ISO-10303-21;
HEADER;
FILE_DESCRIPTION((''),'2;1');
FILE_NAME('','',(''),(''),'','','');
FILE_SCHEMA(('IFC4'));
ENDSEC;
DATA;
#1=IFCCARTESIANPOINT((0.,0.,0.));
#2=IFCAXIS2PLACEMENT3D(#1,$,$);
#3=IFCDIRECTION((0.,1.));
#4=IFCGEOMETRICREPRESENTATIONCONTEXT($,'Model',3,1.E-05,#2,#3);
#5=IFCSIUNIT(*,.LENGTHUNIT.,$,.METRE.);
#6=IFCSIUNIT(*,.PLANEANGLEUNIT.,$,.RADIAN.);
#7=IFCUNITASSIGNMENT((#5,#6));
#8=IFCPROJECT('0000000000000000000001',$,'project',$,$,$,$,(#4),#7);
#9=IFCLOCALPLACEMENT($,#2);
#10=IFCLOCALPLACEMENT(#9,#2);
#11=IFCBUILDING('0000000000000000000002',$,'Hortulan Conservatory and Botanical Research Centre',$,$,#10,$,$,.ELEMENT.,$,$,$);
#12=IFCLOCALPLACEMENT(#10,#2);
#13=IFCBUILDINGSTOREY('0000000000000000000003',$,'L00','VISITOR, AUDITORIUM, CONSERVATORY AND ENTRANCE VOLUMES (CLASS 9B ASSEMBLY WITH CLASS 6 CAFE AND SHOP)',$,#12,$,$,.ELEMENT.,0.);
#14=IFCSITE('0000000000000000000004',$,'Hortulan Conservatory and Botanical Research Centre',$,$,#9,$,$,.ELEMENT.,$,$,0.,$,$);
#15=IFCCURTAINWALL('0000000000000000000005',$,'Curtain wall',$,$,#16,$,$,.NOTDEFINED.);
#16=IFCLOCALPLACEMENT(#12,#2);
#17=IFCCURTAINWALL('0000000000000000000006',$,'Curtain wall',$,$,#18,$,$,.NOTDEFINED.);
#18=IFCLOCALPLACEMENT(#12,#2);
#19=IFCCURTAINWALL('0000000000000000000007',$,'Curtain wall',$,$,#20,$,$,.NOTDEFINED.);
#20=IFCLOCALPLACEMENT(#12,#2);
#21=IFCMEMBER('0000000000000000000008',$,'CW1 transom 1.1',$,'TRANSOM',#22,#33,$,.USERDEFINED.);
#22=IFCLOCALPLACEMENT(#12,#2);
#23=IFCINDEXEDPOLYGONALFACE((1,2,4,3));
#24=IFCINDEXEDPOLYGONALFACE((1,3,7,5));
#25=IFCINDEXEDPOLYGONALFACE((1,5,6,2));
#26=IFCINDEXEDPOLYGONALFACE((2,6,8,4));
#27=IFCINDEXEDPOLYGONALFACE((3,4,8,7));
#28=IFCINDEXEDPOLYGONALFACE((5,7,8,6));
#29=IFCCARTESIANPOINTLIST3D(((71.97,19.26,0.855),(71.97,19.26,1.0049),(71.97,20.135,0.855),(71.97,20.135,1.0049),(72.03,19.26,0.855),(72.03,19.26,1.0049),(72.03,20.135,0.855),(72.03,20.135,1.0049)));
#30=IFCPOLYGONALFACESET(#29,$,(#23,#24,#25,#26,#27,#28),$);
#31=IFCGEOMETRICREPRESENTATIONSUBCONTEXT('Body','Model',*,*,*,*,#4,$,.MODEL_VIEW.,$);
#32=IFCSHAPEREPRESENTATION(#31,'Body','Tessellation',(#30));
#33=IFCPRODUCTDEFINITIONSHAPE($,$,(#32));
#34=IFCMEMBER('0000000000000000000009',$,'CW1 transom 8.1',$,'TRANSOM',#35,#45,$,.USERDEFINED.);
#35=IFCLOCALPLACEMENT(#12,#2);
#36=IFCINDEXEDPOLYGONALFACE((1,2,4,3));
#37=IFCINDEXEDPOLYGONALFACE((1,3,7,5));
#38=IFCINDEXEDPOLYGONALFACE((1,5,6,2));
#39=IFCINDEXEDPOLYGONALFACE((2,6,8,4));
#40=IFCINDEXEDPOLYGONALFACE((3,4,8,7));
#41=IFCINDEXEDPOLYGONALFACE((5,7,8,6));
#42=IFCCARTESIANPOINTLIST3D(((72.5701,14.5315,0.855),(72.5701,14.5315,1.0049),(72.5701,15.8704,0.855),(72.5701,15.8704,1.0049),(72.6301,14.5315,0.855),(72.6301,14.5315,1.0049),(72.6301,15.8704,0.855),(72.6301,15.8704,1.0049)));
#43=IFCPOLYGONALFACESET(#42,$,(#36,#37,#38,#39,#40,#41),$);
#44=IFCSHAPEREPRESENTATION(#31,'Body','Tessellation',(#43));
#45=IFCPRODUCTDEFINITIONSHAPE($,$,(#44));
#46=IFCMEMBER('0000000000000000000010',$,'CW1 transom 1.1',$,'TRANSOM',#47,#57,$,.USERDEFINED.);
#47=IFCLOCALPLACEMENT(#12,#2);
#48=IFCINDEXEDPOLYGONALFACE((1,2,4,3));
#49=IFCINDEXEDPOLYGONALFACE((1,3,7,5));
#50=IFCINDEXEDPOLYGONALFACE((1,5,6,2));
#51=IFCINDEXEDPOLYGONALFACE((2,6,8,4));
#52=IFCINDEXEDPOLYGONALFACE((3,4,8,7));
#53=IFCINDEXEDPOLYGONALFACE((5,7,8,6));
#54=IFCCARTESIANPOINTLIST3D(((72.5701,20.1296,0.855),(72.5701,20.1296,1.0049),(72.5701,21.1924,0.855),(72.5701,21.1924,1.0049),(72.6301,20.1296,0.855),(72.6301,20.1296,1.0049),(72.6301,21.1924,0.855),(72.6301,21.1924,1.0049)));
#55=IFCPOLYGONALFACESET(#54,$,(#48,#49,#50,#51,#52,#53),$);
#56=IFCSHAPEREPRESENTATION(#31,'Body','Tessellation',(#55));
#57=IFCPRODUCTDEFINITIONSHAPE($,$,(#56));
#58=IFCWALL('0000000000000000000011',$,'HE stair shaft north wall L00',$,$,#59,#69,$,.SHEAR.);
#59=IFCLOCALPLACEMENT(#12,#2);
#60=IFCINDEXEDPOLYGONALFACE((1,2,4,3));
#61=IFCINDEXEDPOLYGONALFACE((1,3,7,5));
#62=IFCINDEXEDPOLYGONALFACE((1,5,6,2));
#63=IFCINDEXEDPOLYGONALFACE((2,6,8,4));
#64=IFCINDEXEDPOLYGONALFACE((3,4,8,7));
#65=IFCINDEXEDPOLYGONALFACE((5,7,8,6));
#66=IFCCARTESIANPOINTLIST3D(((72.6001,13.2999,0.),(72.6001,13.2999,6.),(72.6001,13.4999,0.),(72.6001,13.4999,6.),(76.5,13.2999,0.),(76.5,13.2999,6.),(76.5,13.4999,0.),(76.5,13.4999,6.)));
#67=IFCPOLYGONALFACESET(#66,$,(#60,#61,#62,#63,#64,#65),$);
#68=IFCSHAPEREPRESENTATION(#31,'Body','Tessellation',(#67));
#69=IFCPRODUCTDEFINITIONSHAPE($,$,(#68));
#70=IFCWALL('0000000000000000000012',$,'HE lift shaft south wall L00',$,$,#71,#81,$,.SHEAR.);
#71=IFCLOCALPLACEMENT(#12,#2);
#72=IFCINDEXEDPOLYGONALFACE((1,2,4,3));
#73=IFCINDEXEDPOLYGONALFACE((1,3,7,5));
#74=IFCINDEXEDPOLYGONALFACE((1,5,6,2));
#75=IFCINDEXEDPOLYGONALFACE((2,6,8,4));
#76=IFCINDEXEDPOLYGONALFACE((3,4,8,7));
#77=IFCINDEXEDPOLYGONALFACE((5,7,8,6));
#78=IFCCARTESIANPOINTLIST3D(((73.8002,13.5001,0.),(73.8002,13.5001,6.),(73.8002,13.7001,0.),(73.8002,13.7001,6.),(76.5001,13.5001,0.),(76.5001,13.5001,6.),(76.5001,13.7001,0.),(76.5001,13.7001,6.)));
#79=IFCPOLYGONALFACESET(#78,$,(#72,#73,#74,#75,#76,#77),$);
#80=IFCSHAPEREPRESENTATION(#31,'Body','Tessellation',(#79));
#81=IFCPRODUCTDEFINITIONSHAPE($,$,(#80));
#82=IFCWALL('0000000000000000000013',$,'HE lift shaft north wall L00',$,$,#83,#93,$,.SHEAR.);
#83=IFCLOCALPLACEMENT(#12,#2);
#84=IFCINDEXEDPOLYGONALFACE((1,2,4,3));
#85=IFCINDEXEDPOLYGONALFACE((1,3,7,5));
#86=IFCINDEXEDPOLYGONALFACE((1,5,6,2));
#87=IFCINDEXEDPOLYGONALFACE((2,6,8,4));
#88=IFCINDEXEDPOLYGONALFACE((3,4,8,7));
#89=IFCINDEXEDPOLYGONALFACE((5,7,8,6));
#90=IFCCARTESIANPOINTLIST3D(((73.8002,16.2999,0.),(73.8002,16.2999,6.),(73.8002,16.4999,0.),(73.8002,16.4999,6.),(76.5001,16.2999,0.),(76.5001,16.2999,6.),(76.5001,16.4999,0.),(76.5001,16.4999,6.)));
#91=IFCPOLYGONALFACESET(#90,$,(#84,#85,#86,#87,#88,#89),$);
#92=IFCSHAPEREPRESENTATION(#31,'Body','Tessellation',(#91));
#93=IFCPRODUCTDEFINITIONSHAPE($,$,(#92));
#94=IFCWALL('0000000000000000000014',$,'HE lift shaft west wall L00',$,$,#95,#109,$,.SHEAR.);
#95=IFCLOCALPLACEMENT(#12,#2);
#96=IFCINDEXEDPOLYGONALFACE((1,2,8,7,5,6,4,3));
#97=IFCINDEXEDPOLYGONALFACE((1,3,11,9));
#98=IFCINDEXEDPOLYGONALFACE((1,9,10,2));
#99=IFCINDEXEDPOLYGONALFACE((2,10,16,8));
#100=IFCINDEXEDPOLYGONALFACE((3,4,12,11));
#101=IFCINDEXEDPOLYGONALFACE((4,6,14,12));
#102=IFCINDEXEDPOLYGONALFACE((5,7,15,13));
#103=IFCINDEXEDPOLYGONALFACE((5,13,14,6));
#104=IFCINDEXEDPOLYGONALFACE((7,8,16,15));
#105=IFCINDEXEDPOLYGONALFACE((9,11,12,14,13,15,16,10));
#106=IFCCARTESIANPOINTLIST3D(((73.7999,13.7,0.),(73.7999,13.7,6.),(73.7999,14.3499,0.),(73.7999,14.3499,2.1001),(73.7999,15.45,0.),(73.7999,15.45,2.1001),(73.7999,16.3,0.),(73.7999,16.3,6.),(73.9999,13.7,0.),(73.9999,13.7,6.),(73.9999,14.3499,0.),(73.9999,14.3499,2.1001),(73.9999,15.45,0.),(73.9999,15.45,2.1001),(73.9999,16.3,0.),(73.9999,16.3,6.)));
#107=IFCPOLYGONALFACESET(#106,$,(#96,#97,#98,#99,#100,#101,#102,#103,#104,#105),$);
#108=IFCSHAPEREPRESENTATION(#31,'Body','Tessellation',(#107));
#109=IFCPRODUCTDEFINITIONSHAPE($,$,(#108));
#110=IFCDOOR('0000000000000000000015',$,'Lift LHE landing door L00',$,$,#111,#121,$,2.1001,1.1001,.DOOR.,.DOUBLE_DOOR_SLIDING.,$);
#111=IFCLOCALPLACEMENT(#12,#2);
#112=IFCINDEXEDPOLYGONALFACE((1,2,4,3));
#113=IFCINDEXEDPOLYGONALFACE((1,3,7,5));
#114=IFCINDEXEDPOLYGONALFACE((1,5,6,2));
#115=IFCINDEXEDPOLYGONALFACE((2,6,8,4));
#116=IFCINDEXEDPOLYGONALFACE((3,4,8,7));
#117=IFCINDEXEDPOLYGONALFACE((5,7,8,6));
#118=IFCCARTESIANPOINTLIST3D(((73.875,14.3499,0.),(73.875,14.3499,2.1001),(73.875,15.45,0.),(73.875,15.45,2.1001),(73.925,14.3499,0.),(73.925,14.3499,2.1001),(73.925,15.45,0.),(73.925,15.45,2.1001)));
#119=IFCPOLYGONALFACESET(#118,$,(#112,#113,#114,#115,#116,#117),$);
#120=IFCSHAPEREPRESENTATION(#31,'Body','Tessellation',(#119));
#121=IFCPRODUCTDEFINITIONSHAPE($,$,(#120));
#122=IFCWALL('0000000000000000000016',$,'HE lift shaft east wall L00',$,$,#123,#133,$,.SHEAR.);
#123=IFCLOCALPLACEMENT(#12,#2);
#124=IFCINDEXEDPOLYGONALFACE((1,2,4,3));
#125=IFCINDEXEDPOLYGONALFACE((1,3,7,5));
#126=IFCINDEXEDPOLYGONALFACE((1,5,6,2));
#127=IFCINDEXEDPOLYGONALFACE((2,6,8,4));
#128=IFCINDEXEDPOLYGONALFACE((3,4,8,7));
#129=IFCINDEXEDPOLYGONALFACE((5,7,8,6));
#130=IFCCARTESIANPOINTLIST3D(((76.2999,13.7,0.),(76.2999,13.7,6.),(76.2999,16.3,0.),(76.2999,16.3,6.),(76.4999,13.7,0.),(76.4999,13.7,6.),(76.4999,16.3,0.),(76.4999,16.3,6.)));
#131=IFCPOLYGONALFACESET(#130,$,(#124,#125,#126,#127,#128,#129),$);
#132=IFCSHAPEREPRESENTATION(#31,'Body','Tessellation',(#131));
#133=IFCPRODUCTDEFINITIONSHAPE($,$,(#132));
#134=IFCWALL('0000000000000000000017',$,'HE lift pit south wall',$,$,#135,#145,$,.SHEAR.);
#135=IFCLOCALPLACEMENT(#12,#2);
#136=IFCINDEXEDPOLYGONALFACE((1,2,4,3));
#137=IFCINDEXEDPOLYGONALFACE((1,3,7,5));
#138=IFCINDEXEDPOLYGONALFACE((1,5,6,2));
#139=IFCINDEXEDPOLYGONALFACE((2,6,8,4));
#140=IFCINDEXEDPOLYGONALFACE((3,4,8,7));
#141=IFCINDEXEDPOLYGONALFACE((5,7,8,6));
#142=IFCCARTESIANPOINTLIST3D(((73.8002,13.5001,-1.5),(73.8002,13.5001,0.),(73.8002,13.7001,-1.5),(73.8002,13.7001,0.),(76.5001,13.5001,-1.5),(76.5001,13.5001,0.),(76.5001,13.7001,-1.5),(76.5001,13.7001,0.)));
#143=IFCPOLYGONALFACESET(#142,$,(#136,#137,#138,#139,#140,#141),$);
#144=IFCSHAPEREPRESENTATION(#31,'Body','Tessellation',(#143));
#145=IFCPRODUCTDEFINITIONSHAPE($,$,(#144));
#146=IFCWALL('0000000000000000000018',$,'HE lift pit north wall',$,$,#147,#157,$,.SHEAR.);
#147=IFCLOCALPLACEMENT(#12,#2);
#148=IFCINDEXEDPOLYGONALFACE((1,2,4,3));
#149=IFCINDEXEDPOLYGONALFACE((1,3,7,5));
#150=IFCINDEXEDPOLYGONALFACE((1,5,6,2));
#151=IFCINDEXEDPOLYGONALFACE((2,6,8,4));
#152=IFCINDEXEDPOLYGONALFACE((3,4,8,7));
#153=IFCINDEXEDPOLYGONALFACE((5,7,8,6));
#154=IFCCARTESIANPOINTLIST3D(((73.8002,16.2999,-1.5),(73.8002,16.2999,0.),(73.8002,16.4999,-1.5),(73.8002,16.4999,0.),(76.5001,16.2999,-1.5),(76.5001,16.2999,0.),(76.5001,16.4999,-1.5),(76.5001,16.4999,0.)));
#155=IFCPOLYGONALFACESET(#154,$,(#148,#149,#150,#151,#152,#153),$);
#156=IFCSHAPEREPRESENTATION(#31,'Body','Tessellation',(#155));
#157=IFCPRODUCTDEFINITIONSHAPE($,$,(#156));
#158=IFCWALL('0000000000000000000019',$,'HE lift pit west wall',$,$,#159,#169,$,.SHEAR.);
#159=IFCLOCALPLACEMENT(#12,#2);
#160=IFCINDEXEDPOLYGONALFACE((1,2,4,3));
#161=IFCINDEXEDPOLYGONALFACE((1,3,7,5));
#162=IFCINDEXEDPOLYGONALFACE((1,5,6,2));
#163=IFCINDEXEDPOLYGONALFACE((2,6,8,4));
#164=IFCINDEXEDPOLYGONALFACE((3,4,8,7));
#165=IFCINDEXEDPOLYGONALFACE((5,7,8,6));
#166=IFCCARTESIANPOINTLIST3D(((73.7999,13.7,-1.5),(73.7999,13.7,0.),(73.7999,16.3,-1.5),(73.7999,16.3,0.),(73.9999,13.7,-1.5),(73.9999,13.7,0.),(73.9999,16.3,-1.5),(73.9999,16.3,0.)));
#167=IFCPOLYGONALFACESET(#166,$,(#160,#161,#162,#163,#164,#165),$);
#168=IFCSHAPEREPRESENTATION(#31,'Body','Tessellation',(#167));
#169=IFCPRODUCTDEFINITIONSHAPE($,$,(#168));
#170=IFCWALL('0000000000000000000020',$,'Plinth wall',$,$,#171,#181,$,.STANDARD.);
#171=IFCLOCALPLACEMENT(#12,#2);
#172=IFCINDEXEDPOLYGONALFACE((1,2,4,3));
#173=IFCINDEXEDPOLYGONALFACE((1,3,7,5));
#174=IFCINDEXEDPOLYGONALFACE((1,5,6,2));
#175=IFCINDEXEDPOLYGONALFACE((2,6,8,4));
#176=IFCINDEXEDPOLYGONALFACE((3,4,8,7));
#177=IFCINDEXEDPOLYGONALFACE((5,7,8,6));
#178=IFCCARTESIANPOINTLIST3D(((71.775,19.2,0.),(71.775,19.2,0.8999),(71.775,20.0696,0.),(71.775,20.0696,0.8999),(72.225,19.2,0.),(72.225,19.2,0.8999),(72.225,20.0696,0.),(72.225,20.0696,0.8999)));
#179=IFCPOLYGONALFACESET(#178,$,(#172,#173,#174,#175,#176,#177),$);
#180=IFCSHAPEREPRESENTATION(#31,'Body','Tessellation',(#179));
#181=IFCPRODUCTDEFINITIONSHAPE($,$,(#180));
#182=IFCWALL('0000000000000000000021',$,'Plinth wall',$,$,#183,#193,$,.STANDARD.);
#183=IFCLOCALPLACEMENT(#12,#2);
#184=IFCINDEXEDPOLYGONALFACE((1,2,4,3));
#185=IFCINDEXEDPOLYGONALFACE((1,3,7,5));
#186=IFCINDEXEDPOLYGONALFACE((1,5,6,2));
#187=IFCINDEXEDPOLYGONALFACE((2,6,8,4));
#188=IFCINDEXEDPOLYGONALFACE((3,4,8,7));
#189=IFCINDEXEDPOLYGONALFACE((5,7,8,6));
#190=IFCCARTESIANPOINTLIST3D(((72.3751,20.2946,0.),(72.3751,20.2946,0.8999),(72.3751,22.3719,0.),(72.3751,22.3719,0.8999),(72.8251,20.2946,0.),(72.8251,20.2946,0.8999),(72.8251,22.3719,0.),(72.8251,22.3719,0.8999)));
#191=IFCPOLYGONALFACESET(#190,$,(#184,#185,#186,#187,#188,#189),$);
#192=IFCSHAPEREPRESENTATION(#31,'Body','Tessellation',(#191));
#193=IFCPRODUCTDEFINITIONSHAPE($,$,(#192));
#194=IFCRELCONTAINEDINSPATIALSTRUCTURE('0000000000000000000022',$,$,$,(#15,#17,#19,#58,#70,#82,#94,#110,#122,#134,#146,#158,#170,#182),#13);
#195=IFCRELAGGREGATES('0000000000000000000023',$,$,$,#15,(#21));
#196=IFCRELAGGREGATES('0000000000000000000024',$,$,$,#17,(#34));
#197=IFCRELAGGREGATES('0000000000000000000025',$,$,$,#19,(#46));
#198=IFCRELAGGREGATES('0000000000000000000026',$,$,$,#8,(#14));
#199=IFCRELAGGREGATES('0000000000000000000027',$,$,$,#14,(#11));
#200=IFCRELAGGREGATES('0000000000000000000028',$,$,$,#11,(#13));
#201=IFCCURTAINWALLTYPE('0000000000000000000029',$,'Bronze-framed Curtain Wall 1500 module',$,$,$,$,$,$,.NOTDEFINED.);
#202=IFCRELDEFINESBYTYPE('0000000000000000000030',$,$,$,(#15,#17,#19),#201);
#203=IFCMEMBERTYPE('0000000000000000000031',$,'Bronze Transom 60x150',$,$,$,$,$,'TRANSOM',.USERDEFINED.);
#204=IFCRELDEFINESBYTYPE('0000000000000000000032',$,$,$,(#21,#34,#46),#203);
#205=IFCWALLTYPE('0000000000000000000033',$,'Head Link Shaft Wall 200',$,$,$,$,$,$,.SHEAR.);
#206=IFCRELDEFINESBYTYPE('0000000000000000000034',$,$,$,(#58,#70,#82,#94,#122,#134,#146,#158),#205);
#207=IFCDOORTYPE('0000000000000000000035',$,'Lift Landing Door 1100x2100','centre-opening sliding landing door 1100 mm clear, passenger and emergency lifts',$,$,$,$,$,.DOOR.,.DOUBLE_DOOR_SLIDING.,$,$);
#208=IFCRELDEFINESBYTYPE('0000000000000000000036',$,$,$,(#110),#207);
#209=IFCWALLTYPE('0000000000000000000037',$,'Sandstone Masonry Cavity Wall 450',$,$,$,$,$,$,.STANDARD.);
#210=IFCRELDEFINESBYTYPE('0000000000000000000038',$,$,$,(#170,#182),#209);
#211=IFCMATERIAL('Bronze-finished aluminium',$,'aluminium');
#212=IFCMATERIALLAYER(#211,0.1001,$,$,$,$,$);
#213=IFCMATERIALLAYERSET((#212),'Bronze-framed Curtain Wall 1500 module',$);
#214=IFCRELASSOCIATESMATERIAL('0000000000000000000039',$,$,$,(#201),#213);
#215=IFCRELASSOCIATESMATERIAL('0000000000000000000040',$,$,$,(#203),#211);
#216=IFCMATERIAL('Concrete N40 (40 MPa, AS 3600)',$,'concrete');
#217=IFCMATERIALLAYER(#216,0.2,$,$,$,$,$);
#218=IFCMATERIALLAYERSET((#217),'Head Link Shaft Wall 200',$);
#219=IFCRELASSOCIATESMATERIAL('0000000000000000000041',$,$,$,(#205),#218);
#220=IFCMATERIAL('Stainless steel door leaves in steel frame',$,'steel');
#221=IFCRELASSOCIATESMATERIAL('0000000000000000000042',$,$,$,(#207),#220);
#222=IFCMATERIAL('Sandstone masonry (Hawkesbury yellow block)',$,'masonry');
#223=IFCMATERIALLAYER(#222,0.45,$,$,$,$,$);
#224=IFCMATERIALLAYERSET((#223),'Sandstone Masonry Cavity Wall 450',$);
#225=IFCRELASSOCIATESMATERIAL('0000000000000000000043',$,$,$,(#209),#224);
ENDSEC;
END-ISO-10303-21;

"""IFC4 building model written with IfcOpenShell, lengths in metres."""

from ifc_helpers import new_model, si_unit, direction, frame, frame_2d, origin, origin_2d, place, context, subcontext, project, spatial, rectangle, extrude, material, layer, layer_set, material_profile, profile_set, type_object, element, fill, aggregate, save


model = new_model("IFC4")

# Units and contexts
model_context = context("Model", 3, precision=1e-05, world=origin(), true_north=direction((0.0, 1.0)))
body_context = subcontext(model_context, "Body", "Model", "MODEL_VIEW")
ifc_project = project(units=[si_unit("LENGTHUNIT", "METRE"), si_unit("PLANEANGLEUNIT", "RADIAN")], contexts=[model_context])

# Site, building, storey
site_placement = place(None, origin())
site = spatial("IfcSite", under=ifc_project, at=site_placement, Name="Hortulan Conservatory and Botanical Research Centre", CompositionType="ELEMENT", RefElevation=0.0)
building_placement = place(site_placement, origin())
building = spatial("IfcBuilding", under=site, at=building_placement, Name="Hortulan Conservatory and Botanical Research Centre", CompositionType="ELEMENT")
storey_placement = place(building_placement, origin())
storey = spatial("IfcBuildingStorey", under=building, at=storey_placement, Name="L00", Description="VISITOR, AUDITORIUM, CONSERVATORY AND ENTRANCE VOLUMES (CLASS 9B ASSEMBLY WITH CLASS 6 CAFE AND SHOP)", CompositionType="ELEMENT", Elevation=0.0)

# Shared definitions
ifc_material_1 = material(Name="Concrete N40 (40 MPa, AS 3600)", Category="concrete")

# Curtain wall
ifc_material_2 = material(Name="Bronze-finished aluminium", Category="aluminium")
ifc_layer_1 = layer(ifc_material_2, 0.1001)
ifc_layer_set_1 = layer_set([ifc_layer_1], Name="Bronze-framed Curtain Wall 1500 module")
curtain_wall_type = type_object("IfcCurtainWallType", Name="Bronze-framed Curtain Wall 1500 module", PredefinedType="NOTDEFINED", material=ifc_layer_set_1)
curtain_wall_1_placement = place(storey_placement, origin())
curtain_wall_1 = element("IfcCurtainWall", 1, at=curtain_wall_1_placement, inside=storey, type_object=curtain_wall_type, Name="Curtain wall", PredefinedType="NOTDEFINED")

# Curtain wall
curtain_wall_2_placement = place(storey_placement, origin())
curtain_wall_2 = element("IfcCurtainWall", 2, at=curtain_wall_2_placement, inside=storey, type_object=curtain_wall_type, Name="Curtain wall", PredefinedType="NOTDEFINED")

# Curtain wall
curtain_wall_3_placement = place(storey_placement, origin())
curtain_wall_3 = element("IfcCurtainWall", 3, at=curtain_wall_3_placement, inside=storey, type_object=curtain_wall_type, Name="Curtain wall", PredefinedType="NOTDEFINED")

# Members
ifc_material_profile_1 = material_profile(ifc_material_2, rectangle(XDim=0.0601, YDim=0.1499, at=origin_2d()), Name="Bronze Transom 60x150")
ifc_profile_set_1 = profile_set([ifc_material_profile_1], Name="Bronze-finished aluminium")
member_type_1 = type_object("IfcMemberType", Name="Bronze Transom 60x150", ElementType="TRANSOM", PredefinedType="USERDEFINED", material=ifc_profile_set_1)
member_1_placement = place(storey_placement, frame((72.0, 20.135, 0.9299), z_axis=(0.0, -1.0, 0.0), x_axis=(1.0, 0.0, 0.0)))
member_1 = element("IfcMember", 4, at=member_1_placement, type_object=member_type_1, Name="CW1 transom 1.1", ObjectType="TRANSOM", PredefinedType="USERDEFINED", context=body_context, shape_type="SweptSolid", body=[
    extrude(rectangle(XDim=0.0601, YDim=0.1499, at=origin_2d()), origin(), (0.0, 0.0, 1.0), 0.875),
])
aggregate(curtain_wall_1, [member_1])
member_2_placement = place(storey_placement, frame((72.6001, 14.5315, 0.9299), z_axis=(0.0, 1.0, 0.0), x_axis=(-1.0, 0.0, 0.0)))
member_2 = element("IfcMember", 5, at=member_2_placement, type_object=member_type_1, Name="CW1 transom 8.1", ObjectType="TRANSOM", PredefinedType="USERDEFINED", context=body_context, shape_type="SweptSolid", body=[
    extrude(rectangle(XDim=0.0601, YDim=0.1499, at=origin_2d()), origin(), (0.0, 0.0, 1.0), 1.3389),
])
aggregate(curtain_wall_2, [member_2])
member_3_placement = place(storey_placement, frame((72.6001, 20.1296, 0.9299), z_axis=(0.0, 1.0, 0.0), x_axis=(-1.0, 0.0, 0.0)))
member_3 = element("IfcMember", 6, at=member_3_placement, type_object=member_type_1, Name="CW1 transom 1.1", ObjectType="TRANSOM", PredefinedType="USERDEFINED", context=body_context, shape_type="SweptSolid", body=[
    extrude(rectangle(XDim=0.0601, YDim=0.1499, at=origin_2d()), origin(), (0.0, 0.0, 1.0), 1.0627),
])
aggregate(curtain_wall_3, [member_3])

# Walls
ifc_layer_2 = layer(ifc_material_1, 0.2)
ifc_layer_set_2 = layer_set([ifc_layer_2], Name="Head Link Shaft Wall 200")
wall_type_1 = type_object("IfcWallType", Name="Head Link Shaft Wall 200", PredefinedType="SHEAR", material=ifc_layer_set_2)
wall_1_placement = place(storey_placement, frame((72.6001, 13.3999, 0.0), z_axis=(0.0, 0.0, 1.0), x_axis=(1.0, 0.0, 0.0)))
element("IfcWall", 7, at=wall_1_placement, inside=storey, type_object=wall_type_1, Name="HE stair shaft north wall L00", PredefinedType="SHEAR", context=body_context, shape_type="SweptSolid", body=[
    extrude(rectangle(XDim=3.8999, YDim=0.2, at=frame_2d((1.95, 0.0))), origin(), (0.0, 0.0, 1.0), 6.0),
])
for number, where, z_axis, x_axis, name in (
    (8, (73.8, 13.6001, 0.0), (0.0, 0.0, 1.0), (1.0, 0.0, 0.0), "HE lift shaft south wall L00"),
    (9, (73.8, 16.3999, 0.0), (0.0, 0.0, 1.0), (1.0, 0.0, 0.0), "HE lift shaft north wall L00"),
):
    element("IfcWall", number, at=place(storey_placement, frame(where, z_axis=z_axis, x_axis=x_axis)), inside=storey, type_object=wall_type_1, Name=name, PredefinedType="SHEAR", context=body_context, shape_type="SweptSolid", body=[
        extrude(rectangle(XDim=2.7, YDim=0.2, at=frame_2d((1.3501, 0.0))), origin(), (0.0, 0.0, 1.0), 6.0),
    ])

# Wall, opening, door
wall_2_placement = place(storey_placement, frame((73.8999, 13.7, 0.0), z_axis=(0.0, 0.0, 1.0), x_axis=(0.0, 1.0, 0.0)))
wall_2 = element("IfcWall", 10, at=wall_2_placement, inside=storey, type_object=wall_type_1, Name="HE lift shaft west wall L00", PredefinedType="SHEAR", context=body_context, shape_type="SweptSolid", body=[
    extrude(rectangle(XDim=2.6001, YDim=0.2, at=frame_2d((1.3, 0.0))), origin(), (0.0, 0.0, 1.0), 6.0),
])
opening_placement = place(wall_2_placement, frame((0.6499, 0.0, 0.0)))
opening = element("IfcOpeningElement", 11, at=opening_placement, cuts=wall_2, PredefinedType="OPENING", context=body_context, shape_type="SweptSolid", body=[
    extrude(rectangle(XDim=1.1001, YDim=2.1001, at=frame_2d((0.55, 1.05))), frame((0.0, 0.1099, 0.0), z_axis=(0.0, -1.0, 0.0), x_axis=(1.0, 0.0, 0.0)), (0.0, 0.0, 1.0), 0.22),
])
ifc_material_3 = material(Name="Stainless steel door leaves in steel frame", Category="steel")
door_type = type_object("IfcDoorType", Name="Lift Landing Door 1100x2100", Description="centre-opening sliding landing door 1100 mm clear, passenger and emergency lifts", OperationType="DOUBLE_DOOR_SLIDING", PredefinedType="DOOR", material=ifc_material_3)
door_placement = place(opening_placement, origin())
door = element("IfcDoor", 12, at=door_placement, inside=storey, type_object=door_type, Name="Lift LHE landing door L00", OperationType="DOUBLE_DOOR_SLIDING", OverallHeight=2.1001, OverallWidth=1.1001, PredefinedType="DOOR", context=body_context, shape_type="SweptSolid", body=[
    extrude(rectangle(XDim=1.1001, YDim=2.1001, at=frame_2d((0.55, 1.05))), frame((0.0, 0.0249, 0.0), z_axis=(0.0, -1.0, 0.0), x_axis=(1.0, 0.0, 0.0)), (0.0, 0.0, 1.0), 0.05),
])
fill(opening, door)

# Walls
wall_3_placement = place(storey_placement, frame((76.3999, 13.7, 0.0), z_axis=(0.0, 0.0, 1.0), x_axis=(0.0, 1.0, 0.0)))
element("IfcWall", 13, at=wall_3_placement, inside=storey, type_object=wall_type_1, Name="HE lift shaft east wall L00", PredefinedType="SHEAR", context=body_context, shape_type="SweptSolid", body=[
    extrude(rectangle(XDim=2.6001, YDim=0.2, at=frame_2d((1.3, 0.0))), origin(), (0.0, 0.0, 1.0), 6.0),
])
for number, where, z_axis, x_axis, name in (
    (14, (73.8, 13.6001, -1.5), (0.0, 0.0, 1.0), (1.0, 0.0, 0.0), "HE lift pit south wall"),
    (15, (73.8, 16.3999, -1.5), (0.0, 0.0, 1.0), (1.0, 0.0, 0.0), "HE lift pit north wall"),
):
    element("IfcWall", number, at=place(storey_placement, frame(where, z_axis=z_axis, x_axis=x_axis)), inside=storey, type_object=wall_type_1, Name=name, PredefinedType="SHEAR", context=body_context, shape_type="SweptSolid", body=[
        extrude(rectangle(XDim=2.7, YDim=0.2, at=frame_2d((1.3501, 0.0))), origin(), (0.0, 0.0, 1.0), 1.5),
    ])
wall_4_placement = place(storey_placement, frame((73.8999, 13.7, -1.5), z_axis=(0.0, 0.0, 1.0), x_axis=(0.0, 1.0, 0.0)))
element("IfcWall", 16, at=wall_4_placement, inside=storey, type_object=wall_type_1, Name="HE lift pit west wall", PredefinedType="SHEAR", context=body_context, shape_type="SweptSolid", body=[
    extrude(rectangle(XDim=2.6001, YDim=0.2, at=frame_2d((1.3, 0.0))), origin(), (0.0, 0.0, 1.0), 1.5),
])
ifc_material_4 = material(Name="Sandstone masonry (Hawkesbury yellow block)", Category="masonry")
ifc_layer_3 = layer(ifc_material_4, 0.45)
ifc_layer_set_3 = layer_set([ifc_layer_3], Name="Sandstone Masonry Cavity Wall 450")
wall_type_2 = type_object("IfcWallType", Name="Sandstone Masonry Cavity Wall 450", PredefinedType="STANDARD", material=ifc_layer_set_3)
wall_5_placement = place(storey_placement, frame((72.0, 20.0696, 0.0), z_axis=(0.0, 0.0, 1.0), x_axis=(0.0, -1.0, 0.0)))
element("IfcWall", 17, at=wall_5_placement, inside=storey, type_object=wall_type_2, Name="Plinth wall", PredefinedType="STANDARD", context=body_context, shape_type="SweptSolid", body=[
    extrude(rectangle(XDim=0.8696, YDim=0.45, at=frame_2d((0.4348, 0.0))), origin(), (0.0, 0.0, 1.0), 0.8999),
])
wall_6_placement = place(storey_placement, frame((72.6001, 20.2947, 0.0), z_axis=(0.0, 0.0, 1.0), x_axis=(0.0, 1.0, 0.0)))
element("IfcWall", 18, at=wall_6_placement, inside=storey, type_object=wall_type_2, Name="Plinth wall", PredefinedType="STANDARD", context=body_context, shape_type="SweptSolid", body=[
    extrude(rectangle(XDim=2.0774, YDim=0.45, at=frame_2d((1.0386, 0.0))), origin(), (0.0, 0.0, 1.0), 0.8999),
])

save(model, "model.ifc")
